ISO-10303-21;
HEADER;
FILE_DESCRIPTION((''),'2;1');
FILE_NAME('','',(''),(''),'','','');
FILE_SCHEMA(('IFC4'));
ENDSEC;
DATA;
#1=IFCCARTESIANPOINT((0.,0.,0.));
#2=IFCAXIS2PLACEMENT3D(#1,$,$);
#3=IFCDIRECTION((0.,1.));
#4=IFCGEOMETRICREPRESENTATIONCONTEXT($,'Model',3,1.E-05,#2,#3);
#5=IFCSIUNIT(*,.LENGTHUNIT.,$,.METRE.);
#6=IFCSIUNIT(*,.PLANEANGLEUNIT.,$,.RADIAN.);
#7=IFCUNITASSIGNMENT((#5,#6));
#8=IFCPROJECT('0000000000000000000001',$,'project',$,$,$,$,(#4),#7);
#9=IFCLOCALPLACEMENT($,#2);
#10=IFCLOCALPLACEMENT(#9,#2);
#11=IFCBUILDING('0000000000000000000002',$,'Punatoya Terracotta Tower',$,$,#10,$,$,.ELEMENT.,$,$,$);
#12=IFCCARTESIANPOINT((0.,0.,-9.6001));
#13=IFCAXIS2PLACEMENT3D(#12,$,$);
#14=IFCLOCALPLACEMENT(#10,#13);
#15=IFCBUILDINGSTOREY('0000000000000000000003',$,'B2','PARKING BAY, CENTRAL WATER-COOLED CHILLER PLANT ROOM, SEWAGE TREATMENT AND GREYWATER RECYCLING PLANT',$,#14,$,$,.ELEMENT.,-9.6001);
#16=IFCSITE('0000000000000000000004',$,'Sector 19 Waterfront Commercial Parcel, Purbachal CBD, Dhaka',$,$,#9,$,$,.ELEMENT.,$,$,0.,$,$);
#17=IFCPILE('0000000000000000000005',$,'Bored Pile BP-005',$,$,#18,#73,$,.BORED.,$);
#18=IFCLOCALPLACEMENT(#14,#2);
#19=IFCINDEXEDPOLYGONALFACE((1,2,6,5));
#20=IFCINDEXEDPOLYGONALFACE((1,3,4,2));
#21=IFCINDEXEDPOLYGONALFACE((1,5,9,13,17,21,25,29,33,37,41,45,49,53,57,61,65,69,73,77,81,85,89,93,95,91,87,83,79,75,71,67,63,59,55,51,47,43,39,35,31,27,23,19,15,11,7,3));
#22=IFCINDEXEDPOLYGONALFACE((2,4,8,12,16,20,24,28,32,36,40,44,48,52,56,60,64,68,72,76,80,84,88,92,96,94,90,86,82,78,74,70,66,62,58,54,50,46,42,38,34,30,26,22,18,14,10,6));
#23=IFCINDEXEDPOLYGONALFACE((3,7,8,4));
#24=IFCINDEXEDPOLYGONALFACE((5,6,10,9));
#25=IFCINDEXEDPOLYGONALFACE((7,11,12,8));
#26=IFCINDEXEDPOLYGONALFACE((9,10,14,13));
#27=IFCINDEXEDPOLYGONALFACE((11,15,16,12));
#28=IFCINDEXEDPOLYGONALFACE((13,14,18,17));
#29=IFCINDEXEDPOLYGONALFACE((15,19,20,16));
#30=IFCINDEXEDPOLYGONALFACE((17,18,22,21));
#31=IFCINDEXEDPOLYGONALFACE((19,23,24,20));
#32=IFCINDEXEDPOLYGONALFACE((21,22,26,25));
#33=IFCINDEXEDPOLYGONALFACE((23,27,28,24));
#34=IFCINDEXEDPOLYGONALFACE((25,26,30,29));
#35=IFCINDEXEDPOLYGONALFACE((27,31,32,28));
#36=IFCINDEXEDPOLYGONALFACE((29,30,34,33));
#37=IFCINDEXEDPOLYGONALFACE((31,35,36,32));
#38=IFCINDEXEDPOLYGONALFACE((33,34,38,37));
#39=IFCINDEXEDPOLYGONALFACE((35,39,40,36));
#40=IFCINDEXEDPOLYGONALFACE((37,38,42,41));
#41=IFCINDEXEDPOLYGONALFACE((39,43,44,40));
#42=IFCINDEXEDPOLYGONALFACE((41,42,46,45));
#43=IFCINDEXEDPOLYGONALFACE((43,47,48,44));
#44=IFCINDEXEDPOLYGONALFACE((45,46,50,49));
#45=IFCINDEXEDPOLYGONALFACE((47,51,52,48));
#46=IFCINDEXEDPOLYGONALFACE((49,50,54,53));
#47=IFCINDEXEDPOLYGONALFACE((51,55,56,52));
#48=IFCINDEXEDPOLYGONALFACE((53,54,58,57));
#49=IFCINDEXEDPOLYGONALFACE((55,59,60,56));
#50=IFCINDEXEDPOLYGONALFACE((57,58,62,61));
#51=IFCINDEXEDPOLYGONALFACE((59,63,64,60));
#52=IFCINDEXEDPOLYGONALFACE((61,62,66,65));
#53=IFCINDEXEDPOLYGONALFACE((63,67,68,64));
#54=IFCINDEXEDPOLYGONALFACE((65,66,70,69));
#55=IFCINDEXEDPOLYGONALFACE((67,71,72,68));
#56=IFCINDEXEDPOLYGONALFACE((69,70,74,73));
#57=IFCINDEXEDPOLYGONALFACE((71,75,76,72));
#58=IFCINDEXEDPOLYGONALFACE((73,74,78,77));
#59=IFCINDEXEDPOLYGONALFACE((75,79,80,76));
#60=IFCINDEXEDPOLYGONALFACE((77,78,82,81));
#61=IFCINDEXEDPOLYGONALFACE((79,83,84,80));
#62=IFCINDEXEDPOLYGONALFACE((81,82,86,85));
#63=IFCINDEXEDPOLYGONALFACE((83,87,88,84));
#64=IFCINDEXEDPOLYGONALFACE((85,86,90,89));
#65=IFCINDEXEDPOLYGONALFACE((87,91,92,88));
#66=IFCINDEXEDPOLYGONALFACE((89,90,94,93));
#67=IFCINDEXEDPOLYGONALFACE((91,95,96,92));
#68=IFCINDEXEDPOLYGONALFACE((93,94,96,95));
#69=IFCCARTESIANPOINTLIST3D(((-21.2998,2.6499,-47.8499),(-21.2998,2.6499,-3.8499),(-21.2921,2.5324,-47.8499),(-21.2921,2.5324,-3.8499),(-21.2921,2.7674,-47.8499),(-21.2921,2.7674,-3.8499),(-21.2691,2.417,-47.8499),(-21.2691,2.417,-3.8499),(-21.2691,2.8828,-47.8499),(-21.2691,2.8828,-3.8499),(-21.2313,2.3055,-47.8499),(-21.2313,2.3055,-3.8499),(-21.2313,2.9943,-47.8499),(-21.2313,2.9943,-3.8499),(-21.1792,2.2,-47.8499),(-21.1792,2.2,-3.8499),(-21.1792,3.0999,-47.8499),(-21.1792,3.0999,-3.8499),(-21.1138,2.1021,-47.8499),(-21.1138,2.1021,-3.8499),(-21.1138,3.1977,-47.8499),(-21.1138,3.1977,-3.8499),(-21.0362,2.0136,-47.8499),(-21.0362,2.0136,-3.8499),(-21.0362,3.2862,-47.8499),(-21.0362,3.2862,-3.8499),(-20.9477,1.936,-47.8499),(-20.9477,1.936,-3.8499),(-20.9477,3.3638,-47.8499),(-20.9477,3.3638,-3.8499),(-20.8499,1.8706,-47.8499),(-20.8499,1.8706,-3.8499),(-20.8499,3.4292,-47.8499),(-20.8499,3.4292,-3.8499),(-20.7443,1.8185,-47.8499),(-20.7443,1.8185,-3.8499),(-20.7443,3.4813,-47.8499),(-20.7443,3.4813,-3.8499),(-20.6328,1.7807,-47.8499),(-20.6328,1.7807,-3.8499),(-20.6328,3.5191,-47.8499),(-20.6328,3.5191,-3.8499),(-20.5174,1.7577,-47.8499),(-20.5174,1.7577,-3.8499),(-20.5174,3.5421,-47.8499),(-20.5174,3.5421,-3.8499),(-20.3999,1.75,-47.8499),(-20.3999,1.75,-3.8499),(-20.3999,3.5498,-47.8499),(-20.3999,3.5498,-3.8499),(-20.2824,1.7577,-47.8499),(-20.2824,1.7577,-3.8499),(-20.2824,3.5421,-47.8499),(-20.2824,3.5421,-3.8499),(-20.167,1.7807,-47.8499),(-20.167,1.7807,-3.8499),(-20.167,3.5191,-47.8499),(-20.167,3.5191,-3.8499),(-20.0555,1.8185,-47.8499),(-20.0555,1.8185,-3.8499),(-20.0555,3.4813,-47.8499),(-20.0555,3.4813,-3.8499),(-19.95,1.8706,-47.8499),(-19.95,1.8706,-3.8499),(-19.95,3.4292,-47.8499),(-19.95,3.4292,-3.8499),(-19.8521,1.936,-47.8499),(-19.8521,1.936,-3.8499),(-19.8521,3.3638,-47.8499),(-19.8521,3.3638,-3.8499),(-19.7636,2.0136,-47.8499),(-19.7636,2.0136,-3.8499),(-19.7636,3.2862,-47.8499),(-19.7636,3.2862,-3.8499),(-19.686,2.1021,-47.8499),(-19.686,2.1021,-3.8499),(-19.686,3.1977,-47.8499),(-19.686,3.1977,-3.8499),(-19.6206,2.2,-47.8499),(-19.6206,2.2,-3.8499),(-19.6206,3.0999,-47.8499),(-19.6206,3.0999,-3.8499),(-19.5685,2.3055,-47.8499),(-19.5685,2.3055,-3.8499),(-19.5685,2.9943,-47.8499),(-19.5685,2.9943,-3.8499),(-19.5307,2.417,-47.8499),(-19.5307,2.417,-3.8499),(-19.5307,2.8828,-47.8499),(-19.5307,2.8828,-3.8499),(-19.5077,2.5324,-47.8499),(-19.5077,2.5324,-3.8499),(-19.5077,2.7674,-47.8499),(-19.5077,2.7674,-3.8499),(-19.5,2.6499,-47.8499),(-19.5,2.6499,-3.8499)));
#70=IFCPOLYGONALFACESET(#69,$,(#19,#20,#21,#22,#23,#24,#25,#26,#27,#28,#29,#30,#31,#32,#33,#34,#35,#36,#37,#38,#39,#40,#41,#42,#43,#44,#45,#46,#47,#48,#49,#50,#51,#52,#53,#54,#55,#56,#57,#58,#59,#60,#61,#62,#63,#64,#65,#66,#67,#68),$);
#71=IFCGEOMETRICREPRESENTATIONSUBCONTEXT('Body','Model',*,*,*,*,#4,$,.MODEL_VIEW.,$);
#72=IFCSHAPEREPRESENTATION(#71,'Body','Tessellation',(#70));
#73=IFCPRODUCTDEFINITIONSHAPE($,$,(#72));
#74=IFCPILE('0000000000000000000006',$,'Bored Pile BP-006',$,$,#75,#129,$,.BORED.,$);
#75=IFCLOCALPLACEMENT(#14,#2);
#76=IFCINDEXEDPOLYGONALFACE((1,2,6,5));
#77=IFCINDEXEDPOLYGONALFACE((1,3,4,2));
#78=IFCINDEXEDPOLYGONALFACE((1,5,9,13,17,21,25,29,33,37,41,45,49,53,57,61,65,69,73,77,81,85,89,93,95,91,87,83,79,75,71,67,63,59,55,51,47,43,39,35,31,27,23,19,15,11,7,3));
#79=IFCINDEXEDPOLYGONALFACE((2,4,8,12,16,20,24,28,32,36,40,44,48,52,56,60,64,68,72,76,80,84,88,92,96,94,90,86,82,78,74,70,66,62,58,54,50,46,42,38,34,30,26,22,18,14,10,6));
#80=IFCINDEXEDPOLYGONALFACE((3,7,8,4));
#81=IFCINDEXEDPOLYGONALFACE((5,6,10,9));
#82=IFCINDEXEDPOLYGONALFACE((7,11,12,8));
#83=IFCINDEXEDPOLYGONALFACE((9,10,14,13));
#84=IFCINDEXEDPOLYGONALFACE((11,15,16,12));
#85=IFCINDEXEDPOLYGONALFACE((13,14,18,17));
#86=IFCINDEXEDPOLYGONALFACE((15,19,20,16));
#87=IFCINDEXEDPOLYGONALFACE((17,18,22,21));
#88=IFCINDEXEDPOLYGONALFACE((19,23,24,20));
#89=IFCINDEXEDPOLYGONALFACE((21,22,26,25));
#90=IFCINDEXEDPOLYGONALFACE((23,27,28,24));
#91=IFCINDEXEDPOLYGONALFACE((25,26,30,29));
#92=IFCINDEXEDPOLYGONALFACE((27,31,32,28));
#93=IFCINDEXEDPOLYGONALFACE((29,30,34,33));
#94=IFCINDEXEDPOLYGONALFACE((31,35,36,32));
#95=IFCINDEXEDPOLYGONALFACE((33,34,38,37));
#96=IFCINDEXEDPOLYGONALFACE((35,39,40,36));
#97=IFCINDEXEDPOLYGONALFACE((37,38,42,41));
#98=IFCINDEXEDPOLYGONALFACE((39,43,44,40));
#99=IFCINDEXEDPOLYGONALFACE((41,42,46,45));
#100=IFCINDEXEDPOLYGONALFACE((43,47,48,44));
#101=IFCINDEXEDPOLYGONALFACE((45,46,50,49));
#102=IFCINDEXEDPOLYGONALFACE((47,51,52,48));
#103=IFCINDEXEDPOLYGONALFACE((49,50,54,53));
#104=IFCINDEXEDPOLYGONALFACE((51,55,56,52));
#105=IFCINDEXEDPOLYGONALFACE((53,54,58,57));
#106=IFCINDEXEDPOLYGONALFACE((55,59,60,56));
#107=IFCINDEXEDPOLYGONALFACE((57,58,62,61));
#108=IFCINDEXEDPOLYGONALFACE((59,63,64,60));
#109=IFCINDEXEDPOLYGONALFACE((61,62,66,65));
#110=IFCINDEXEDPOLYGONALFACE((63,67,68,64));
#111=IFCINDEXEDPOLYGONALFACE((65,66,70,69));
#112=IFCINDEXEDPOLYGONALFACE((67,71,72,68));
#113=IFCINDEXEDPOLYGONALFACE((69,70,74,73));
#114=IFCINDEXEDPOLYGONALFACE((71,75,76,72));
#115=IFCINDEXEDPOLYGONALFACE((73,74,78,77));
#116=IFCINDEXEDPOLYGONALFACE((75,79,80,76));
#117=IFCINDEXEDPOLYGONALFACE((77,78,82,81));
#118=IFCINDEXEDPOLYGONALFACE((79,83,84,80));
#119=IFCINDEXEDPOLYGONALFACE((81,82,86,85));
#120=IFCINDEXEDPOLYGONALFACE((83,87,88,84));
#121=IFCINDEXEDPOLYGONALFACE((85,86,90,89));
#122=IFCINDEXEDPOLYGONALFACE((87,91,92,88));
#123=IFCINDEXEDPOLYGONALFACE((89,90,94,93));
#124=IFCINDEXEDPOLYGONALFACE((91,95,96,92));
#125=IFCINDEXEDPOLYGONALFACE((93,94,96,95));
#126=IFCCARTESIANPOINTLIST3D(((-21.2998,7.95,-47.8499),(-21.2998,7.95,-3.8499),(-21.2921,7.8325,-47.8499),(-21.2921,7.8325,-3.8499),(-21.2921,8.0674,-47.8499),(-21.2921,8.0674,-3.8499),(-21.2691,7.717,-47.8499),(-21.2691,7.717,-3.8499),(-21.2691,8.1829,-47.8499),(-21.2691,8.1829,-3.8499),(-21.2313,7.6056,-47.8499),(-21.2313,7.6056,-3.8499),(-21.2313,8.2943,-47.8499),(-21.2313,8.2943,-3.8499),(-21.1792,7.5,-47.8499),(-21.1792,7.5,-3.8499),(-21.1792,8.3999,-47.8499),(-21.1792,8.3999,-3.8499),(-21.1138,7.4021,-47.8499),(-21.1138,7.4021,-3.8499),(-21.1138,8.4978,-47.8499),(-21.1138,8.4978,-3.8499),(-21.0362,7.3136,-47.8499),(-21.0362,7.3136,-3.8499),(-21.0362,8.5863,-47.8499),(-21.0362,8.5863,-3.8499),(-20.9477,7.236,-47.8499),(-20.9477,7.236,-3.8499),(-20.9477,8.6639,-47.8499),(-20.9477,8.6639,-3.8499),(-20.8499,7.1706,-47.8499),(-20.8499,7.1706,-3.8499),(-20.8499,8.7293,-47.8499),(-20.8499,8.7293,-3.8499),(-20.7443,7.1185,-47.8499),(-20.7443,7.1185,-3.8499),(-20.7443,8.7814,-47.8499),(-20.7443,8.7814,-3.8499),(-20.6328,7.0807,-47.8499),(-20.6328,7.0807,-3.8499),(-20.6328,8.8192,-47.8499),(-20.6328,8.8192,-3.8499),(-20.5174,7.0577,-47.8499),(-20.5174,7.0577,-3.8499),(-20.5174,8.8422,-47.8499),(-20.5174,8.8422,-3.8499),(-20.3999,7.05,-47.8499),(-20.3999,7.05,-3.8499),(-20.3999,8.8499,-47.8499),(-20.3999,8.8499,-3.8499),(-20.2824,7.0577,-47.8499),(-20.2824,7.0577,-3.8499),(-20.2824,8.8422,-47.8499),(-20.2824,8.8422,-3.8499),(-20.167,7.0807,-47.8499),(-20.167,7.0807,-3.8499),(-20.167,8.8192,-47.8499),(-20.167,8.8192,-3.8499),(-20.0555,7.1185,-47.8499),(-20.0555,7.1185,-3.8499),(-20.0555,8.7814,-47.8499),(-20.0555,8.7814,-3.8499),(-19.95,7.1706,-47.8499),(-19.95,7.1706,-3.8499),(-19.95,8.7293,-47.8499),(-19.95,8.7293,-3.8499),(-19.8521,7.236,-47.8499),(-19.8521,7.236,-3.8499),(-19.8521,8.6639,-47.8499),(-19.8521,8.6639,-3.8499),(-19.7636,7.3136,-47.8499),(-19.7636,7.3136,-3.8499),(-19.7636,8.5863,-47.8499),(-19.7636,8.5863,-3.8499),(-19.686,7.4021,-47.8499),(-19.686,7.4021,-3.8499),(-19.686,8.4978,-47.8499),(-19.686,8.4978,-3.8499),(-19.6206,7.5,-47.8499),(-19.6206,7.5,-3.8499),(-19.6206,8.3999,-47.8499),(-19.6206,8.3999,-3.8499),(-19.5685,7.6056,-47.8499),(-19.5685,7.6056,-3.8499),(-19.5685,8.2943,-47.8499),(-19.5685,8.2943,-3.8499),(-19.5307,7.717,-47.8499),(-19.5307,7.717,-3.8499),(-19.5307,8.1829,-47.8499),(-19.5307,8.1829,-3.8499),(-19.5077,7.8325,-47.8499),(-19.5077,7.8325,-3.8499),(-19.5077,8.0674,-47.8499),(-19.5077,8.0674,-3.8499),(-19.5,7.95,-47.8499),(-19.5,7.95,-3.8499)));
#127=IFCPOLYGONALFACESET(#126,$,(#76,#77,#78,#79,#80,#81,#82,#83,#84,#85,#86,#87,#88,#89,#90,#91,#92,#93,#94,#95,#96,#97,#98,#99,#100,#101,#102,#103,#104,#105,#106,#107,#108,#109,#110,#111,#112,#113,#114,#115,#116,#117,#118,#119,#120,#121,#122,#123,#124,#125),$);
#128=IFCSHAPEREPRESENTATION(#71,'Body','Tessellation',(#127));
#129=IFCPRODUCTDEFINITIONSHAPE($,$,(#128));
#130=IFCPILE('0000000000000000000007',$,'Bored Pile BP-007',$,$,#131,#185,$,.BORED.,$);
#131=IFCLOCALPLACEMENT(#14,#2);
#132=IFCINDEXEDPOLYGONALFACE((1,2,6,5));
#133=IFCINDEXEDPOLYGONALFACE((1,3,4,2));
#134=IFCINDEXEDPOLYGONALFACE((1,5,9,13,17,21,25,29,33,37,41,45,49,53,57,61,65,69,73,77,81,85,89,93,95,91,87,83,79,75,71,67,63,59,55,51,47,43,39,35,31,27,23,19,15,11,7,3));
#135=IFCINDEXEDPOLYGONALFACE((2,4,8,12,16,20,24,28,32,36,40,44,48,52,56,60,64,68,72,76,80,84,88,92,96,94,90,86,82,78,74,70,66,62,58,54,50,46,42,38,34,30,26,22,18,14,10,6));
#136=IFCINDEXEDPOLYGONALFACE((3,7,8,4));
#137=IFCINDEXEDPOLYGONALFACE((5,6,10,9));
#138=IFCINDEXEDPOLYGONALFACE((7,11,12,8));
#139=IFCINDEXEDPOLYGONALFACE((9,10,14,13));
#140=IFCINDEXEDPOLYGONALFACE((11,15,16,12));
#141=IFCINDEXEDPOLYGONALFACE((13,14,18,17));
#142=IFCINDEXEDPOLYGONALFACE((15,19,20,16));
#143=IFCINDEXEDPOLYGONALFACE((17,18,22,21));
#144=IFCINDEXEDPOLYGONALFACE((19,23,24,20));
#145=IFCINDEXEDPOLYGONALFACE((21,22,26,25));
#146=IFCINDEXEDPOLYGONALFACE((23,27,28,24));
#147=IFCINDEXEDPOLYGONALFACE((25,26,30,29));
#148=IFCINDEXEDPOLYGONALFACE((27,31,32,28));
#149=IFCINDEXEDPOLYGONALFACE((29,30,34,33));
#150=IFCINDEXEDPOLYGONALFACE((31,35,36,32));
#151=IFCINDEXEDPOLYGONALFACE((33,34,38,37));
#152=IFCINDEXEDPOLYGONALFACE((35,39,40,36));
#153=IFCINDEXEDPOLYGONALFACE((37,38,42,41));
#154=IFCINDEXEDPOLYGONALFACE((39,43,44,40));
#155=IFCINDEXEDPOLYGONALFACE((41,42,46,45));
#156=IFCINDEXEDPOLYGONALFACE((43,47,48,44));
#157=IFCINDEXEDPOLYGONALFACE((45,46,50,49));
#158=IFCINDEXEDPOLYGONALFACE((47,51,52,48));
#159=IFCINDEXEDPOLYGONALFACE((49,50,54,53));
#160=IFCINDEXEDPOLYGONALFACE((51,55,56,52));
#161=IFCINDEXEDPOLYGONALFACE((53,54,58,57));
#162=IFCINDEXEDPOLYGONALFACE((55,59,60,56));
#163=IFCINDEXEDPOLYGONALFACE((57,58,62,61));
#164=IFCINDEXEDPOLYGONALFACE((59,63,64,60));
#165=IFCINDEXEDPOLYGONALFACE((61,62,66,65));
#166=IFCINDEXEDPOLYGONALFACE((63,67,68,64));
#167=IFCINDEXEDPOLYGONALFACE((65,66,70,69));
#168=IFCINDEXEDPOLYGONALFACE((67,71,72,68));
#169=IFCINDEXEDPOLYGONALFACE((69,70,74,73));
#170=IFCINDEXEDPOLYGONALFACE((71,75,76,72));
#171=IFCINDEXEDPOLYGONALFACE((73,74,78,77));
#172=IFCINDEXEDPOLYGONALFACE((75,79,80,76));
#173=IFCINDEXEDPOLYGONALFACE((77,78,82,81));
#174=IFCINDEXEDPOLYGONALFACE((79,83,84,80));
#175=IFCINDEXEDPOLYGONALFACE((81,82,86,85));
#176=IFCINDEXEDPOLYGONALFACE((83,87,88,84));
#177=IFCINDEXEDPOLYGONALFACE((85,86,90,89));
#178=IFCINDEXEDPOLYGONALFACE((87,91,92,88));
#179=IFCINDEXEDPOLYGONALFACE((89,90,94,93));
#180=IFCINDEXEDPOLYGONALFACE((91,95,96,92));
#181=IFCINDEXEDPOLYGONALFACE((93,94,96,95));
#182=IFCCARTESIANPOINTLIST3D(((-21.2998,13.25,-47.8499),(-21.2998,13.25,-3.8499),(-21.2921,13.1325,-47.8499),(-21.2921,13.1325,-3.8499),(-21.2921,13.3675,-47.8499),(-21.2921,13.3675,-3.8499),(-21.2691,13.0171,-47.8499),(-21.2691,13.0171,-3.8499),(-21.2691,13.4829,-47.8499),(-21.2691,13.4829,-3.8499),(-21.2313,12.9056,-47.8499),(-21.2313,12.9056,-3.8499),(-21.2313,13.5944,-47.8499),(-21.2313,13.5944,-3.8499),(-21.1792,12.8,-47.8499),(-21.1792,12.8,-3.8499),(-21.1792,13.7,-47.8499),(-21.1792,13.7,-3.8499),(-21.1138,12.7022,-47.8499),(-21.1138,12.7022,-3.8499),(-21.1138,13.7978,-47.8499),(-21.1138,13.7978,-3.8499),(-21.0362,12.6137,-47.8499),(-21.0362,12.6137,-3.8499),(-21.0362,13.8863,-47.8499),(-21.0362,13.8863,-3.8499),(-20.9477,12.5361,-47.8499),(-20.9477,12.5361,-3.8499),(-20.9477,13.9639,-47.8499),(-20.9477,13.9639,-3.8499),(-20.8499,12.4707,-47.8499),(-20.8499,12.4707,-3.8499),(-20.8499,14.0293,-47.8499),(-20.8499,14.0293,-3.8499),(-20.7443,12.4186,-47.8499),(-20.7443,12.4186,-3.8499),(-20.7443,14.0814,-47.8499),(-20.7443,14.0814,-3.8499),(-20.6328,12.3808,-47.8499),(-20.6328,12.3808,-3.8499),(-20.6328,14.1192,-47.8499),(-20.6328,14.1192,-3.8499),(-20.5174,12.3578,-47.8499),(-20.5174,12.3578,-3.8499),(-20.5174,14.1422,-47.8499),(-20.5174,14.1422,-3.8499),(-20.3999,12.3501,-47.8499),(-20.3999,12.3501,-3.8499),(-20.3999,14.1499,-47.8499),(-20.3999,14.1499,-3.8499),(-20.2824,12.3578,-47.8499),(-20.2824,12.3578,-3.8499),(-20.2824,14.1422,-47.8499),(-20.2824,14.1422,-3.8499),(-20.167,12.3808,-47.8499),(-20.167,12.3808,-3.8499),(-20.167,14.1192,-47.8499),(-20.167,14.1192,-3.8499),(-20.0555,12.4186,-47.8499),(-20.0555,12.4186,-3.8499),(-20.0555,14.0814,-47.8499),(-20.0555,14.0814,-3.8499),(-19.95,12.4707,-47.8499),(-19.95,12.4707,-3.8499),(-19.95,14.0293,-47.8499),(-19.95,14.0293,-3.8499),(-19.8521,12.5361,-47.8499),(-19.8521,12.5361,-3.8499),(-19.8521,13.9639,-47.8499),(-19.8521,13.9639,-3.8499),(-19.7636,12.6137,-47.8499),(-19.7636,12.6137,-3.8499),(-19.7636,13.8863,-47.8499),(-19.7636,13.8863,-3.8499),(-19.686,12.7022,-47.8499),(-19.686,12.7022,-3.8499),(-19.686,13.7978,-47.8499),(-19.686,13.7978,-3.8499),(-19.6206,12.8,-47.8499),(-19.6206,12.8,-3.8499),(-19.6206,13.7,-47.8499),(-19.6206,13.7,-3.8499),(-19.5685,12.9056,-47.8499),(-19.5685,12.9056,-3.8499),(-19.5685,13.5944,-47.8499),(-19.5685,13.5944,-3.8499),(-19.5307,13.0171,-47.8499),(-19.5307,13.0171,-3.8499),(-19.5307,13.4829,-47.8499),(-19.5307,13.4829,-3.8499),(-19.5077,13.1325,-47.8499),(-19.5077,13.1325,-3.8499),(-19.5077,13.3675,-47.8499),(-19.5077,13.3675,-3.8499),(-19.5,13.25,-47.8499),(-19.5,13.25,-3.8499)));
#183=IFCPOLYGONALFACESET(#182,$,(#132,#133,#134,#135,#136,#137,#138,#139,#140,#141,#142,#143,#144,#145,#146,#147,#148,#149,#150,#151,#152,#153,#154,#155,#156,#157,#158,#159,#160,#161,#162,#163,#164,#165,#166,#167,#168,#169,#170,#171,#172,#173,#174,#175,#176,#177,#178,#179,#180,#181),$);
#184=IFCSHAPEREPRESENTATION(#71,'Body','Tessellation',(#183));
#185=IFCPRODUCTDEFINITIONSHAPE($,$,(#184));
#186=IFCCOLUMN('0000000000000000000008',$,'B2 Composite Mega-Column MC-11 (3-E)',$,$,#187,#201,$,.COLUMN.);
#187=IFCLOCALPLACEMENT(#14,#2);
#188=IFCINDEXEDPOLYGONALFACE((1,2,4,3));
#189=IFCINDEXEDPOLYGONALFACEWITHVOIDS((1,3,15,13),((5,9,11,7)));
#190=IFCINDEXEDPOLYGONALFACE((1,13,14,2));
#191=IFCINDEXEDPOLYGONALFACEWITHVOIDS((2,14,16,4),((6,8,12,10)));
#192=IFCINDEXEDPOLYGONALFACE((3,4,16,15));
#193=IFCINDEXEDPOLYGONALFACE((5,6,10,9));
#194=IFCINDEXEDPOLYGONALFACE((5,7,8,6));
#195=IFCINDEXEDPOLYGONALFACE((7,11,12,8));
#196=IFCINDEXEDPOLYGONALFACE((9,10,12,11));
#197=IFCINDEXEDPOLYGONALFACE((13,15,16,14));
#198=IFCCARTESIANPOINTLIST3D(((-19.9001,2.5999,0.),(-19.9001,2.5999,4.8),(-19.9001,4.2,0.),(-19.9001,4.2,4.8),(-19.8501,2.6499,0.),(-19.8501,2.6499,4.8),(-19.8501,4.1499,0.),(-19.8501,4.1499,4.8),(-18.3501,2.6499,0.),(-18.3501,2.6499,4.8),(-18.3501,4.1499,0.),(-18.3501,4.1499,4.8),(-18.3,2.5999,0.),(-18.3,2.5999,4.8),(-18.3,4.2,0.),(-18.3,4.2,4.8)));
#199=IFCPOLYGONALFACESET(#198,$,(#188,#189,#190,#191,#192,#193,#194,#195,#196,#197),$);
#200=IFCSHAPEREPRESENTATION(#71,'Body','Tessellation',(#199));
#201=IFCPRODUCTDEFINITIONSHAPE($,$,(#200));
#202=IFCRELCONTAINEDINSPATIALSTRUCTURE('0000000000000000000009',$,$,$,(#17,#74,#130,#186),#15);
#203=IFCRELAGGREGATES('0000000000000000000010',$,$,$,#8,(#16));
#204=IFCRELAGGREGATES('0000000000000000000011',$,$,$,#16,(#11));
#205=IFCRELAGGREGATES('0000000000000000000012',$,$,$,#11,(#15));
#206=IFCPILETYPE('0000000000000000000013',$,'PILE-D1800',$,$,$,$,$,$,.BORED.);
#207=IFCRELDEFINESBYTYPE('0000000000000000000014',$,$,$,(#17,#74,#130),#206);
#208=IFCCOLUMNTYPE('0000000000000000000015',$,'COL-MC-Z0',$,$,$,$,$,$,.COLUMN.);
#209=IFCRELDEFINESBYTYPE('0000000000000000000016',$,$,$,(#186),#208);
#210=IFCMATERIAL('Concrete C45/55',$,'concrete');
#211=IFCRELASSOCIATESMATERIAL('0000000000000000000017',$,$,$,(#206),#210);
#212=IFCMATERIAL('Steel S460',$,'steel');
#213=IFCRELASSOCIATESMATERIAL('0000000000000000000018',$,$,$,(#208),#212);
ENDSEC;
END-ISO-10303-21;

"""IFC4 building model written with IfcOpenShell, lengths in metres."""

from ifc_helpers import new_model, si_unit, direction, frame, origin, origin_2d, place, context, subcontext, project, spatial, hollow_rectangle, circle, extrude, material, material_profile, profile_set, type_object, element, save


model = new_model("IFC4")

# Units and contexts
model_context = context("Model", 3, precision=1e-05, world=origin(), true_north=direction((0.0, 1.0)))
body_context = subcontext(model_context, "Body", "Model", "MODEL_VIEW")
ifc_project = project(units=[si_unit("LENGTHUNIT", "METRE"), si_unit("PLANEANGLEUNIT", "RADIAN")], contexts=[model_context])

# Site, building, storey
site_placement = place(None, origin())
site = spatial("IfcSite", under=ifc_project, at=site_placement, Name="Sector 19 Waterfront Commercial Parcel, Purbachal CBD, Dhaka", CompositionType="ELEMENT", RefElevation=0.0)
building_placement = place(site_placement, origin())
building = spatial("IfcBuilding", under=site, at=building_placement, Name="Punatoya Terracotta Tower", CompositionType="ELEMENT")
storey_placement = place(building_placement, frame((0.0, 0.0, -9.6001)))
storey = spatial("IfcBuildingStorey", under=building, at=storey_placement, Name="B2", Description="PARKING BAY, CENTRAL WATER-COOLED CHILLER PLANT ROOM, SEWAGE TREATMENT AND GREYWATER RECYCLING PLANT", CompositionType="ELEMENT", Elevation=-9.6001)

# Shared definitions
ifc_material_1 = material(Name="Concrete C45/55", Category="concrete")

# Piles
ifc_material_profile_1 = material_profile(ifc_material_1, circle(Radius=0.8999, at=origin_2d()))
ifc_profile_set_1 = profile_set([ifc_material_profile_1], Name="Concrete C45/55")
pile_type_1 = type_object("IfcPileType", Name="PILE-D1800", PredefinedType="BORED", material=ifc_profile_set_1)
for number, where, z_axis, x_axis, name in (
    (1, (-20.3999, 2.6499, -3.8499), (0.0, 0.0, -1.0), (1.0, 0.0, 0.0), "Bored Pile BP-005"),
    (2, (-20.3999, 7.95, -3.8499), (0.0, 0.0, -1.0), (1.0, 0.0, 0.0), "Bored Pile BP-006"),
    (3, (-20.3999, 13.25, -3.8499), (0.0, 0.0, -1.0), (1.0, 0.0, 0.0), "Bored Pile BP-007"),
):
    element("IfcPile", number, at=place(storey_placement, frame(where, z_axis=z_axis, x_axis=x_axis)), inside=storey, type_object=pile_type_1, Name=name, PredefinedType="BORED", context=body_context, shape_type="SweptSolid", body=[
        extrude(circle(Radius=0.8999, at=origin_2d()), origin(), (0.0, 0.0, 1.0), 44.0),
    ])

# Column
ifc_material_2 = material(Name="Steel S460", Category="steel")
ifc_material_profile_2 = material_profile(ifc_material_2, hollow_rectangle(XDim=1.6001, YDim=1.6001, WallThickness=0.05, at=origin_2d()))
ifc_profile_set_2 = profile_set([ifc_material_profile_2], Name="Steel S460")
column_type_1 = type_object("IfcColumnType", Name="COL-MC-Z0", PredefinedType="COLUMN", material=ifc_profile_set_2)
column_1_placement = place(storey_placement, frame((-19.1001, 3.3999, 0.0), z_axis=(0.0, 0.0, 1.0), x_axis=(1.0, 0.0, 0.0)))
element("IfcColumn", 4, at=column_1_placement, inside=storey, type_object=column_type_1, Name="B2 Composite Mega-Column MC-11 (3-E)", PredefinedType="COLUMN", context=body_context, shape_type="SweptSolid", body=[
    extrude(hollow_rectangle(XDim=1.6001, YDim=1.6001, WallThickness=0.05, at=origin_2d()), origin(), (0.0, 0.0, 1.0), 4.8),
])

save(model, "model.ifc")
